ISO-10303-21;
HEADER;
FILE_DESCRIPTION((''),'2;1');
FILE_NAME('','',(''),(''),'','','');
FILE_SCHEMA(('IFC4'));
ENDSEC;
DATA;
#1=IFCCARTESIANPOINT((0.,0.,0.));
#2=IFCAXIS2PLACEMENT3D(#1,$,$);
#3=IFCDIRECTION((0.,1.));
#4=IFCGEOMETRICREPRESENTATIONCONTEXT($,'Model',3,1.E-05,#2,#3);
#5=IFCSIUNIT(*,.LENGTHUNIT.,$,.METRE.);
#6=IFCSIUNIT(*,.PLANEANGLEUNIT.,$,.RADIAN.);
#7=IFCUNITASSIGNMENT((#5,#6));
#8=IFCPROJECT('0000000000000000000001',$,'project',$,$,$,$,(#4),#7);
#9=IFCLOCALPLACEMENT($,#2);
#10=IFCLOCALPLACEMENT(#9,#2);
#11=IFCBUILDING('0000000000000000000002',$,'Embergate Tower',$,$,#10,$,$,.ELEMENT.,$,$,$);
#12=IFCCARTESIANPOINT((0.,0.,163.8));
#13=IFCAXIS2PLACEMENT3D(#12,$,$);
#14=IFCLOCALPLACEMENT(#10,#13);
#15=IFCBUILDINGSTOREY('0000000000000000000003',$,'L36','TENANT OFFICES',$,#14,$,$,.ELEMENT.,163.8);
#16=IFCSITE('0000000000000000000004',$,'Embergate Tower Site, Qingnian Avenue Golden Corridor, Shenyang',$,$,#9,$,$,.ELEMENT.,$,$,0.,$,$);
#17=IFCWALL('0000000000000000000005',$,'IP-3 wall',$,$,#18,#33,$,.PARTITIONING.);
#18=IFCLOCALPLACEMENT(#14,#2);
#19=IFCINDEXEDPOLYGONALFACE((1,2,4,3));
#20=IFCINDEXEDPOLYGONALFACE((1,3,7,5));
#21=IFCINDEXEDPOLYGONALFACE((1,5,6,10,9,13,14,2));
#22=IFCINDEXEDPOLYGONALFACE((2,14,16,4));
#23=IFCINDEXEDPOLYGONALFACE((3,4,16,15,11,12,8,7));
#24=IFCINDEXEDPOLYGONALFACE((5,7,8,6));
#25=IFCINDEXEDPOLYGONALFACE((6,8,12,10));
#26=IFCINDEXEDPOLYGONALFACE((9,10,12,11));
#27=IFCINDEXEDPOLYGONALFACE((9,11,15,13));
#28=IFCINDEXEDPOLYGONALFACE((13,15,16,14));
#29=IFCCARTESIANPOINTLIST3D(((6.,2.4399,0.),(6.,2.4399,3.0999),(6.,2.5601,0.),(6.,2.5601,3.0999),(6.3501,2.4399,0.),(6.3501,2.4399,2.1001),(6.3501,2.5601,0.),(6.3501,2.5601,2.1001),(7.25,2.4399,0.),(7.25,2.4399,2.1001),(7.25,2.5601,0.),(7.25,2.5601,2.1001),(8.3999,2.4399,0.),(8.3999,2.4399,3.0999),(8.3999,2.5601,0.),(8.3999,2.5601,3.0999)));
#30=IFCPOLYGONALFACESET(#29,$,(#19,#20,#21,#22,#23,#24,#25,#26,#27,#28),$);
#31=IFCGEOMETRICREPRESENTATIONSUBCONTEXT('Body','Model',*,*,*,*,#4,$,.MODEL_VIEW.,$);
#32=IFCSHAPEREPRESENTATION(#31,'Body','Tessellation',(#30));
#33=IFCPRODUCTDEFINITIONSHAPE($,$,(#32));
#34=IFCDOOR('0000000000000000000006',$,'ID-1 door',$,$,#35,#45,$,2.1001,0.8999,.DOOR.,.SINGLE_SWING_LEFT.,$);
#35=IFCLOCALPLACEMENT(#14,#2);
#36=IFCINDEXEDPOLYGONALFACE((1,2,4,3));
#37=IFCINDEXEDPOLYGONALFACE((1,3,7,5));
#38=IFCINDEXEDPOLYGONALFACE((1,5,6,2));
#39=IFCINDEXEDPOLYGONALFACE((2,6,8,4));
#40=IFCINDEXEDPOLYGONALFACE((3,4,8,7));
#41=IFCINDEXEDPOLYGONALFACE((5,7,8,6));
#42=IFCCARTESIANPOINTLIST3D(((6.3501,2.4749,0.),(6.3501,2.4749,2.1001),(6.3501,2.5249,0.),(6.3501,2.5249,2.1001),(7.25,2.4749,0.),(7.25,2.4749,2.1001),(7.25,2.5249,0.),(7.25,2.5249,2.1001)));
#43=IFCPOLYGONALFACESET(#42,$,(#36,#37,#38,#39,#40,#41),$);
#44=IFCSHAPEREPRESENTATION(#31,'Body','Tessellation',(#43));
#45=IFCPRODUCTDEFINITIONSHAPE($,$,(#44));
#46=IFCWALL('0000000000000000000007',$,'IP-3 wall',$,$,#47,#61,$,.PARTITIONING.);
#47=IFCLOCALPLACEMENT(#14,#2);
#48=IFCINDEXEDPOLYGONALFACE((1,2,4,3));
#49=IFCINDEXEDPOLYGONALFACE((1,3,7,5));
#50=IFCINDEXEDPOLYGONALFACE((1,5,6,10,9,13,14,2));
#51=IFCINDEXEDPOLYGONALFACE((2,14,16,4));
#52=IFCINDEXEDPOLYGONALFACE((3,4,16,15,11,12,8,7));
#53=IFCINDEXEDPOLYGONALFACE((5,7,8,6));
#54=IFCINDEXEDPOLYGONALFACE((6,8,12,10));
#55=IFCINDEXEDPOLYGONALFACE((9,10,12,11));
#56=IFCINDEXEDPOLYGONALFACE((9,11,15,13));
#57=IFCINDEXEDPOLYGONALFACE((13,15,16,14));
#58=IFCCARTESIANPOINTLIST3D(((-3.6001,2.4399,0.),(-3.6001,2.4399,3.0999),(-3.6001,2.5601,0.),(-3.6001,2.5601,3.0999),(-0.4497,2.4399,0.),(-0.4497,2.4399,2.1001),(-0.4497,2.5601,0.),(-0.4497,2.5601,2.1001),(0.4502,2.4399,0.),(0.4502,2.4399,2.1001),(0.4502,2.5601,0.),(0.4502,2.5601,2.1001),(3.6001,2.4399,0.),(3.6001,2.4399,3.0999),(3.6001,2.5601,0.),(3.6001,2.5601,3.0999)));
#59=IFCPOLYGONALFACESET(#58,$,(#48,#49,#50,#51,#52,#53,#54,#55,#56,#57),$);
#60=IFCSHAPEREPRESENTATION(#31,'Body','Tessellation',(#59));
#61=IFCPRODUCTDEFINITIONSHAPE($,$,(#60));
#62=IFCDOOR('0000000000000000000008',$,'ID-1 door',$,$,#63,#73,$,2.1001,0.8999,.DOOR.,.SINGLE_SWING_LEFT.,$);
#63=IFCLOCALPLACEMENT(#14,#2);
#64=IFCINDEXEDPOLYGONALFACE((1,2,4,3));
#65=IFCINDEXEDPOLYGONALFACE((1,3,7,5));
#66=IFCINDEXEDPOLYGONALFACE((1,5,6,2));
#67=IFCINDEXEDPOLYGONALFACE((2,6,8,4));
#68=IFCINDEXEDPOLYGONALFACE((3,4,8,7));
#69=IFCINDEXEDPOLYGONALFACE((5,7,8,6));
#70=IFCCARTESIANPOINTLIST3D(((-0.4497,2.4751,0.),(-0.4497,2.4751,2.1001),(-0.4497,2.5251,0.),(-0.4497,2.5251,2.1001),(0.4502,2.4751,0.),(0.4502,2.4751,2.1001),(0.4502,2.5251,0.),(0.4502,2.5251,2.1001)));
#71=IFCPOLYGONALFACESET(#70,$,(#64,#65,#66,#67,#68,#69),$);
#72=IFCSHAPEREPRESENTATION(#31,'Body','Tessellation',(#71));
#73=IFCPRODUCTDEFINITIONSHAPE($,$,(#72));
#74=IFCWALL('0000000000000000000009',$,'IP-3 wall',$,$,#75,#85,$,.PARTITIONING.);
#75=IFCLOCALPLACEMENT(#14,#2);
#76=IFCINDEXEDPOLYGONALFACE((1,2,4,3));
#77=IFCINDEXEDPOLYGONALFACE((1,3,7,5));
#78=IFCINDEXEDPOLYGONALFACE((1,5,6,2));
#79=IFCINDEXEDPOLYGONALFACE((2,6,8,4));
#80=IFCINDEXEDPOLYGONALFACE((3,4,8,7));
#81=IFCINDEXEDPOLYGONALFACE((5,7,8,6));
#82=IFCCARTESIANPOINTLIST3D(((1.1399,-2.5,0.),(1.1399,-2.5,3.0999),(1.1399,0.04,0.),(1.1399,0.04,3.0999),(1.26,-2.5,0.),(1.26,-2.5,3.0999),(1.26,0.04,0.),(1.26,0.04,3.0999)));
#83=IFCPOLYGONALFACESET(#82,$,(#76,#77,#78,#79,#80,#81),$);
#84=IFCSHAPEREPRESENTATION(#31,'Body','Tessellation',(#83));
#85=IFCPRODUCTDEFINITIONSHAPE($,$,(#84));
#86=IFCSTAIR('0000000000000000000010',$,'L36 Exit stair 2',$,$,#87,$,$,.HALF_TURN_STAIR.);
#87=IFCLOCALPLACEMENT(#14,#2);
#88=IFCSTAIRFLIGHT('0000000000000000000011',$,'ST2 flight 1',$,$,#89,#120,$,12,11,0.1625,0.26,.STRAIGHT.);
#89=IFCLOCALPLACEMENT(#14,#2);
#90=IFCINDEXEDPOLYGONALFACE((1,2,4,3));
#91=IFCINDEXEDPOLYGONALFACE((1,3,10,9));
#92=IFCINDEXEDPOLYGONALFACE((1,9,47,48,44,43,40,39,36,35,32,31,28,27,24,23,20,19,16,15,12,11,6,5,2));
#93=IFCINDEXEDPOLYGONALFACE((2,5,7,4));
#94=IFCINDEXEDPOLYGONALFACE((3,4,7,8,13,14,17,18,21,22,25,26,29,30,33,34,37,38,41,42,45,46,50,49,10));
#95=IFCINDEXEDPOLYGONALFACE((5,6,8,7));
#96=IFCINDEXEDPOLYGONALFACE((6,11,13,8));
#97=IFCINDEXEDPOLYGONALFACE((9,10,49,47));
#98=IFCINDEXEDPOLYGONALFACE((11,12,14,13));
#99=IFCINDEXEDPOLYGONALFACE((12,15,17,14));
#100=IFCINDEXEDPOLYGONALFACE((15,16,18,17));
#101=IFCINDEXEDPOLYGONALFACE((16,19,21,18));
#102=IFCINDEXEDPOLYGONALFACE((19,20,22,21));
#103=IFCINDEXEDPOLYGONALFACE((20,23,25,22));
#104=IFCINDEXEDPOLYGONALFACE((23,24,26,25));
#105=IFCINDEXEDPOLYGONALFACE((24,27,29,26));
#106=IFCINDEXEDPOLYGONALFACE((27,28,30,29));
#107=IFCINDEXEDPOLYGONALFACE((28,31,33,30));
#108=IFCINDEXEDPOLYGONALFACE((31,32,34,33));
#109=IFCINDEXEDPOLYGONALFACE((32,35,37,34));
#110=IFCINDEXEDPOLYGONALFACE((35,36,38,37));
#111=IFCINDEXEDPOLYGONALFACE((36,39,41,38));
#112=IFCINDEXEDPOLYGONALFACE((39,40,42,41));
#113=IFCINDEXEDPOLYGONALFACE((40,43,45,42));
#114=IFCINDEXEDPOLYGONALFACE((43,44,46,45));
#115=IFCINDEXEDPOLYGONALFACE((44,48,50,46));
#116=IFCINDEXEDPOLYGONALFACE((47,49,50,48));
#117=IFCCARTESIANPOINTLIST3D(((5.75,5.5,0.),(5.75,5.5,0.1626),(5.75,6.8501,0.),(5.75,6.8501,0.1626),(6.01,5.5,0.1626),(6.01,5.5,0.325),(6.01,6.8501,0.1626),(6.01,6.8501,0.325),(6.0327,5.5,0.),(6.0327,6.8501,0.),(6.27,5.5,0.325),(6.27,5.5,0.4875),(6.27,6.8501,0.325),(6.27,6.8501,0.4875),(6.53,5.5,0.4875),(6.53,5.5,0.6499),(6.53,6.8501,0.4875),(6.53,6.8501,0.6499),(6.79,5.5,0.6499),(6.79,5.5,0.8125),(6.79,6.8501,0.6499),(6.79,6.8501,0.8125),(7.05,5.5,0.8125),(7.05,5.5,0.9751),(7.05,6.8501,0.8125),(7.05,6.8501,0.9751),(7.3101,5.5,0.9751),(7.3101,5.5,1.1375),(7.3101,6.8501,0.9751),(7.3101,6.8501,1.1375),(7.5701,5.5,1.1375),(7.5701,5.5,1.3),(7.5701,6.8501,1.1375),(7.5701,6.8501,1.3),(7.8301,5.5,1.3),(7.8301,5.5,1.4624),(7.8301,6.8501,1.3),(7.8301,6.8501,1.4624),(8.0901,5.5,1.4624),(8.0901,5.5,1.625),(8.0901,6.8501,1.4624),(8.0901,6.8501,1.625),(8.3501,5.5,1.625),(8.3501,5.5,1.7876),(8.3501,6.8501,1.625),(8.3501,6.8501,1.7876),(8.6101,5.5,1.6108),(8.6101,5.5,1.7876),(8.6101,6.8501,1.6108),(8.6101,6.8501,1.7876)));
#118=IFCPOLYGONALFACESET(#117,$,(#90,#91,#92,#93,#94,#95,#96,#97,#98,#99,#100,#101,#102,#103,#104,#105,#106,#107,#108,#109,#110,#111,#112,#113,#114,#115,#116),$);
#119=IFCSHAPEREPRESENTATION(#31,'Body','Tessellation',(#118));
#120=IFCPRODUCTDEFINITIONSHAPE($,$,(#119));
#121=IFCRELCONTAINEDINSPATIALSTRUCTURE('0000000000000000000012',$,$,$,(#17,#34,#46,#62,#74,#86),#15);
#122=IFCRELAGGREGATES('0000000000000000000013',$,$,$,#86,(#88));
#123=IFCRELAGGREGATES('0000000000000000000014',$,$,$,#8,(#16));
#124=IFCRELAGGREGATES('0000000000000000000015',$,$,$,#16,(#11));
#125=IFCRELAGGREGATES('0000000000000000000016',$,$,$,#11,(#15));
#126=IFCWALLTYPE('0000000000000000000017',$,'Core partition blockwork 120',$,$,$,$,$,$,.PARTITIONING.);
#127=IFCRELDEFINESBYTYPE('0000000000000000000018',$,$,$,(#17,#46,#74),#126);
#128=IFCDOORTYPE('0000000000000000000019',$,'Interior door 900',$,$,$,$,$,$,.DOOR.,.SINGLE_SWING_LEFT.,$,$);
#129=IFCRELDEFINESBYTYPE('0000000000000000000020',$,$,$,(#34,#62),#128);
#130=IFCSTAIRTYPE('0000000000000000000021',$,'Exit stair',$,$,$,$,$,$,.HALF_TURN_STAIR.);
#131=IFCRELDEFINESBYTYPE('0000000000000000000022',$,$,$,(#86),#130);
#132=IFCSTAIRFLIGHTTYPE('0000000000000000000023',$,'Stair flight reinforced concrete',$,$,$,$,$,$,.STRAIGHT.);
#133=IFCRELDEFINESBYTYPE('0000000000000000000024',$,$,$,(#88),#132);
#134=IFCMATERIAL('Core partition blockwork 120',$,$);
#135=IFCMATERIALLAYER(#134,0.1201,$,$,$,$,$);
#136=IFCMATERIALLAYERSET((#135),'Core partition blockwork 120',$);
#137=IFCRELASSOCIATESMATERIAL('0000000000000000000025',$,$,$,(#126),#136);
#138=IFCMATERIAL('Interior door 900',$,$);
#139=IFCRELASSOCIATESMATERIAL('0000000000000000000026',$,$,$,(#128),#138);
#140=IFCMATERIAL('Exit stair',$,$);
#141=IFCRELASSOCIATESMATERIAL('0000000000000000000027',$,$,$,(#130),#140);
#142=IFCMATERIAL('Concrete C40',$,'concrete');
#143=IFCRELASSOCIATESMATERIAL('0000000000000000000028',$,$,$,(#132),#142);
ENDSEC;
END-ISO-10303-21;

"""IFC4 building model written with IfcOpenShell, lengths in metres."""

from ifc_helpers import new_model, si_unit, direction, frame, frame_2d, origin, place, context, subcontext, project, spatial, polyline, rectangle, outline, extrude, source, transform, mapped, material, layer, layer_set, type_object, element, fill, aggregate, save


model = new_model("IFC4")

# Units and contexts
model_context = context("Model", 3, precision=1e-05, world=origin(), true_north=direction((0.0, 1.0)))
body_context = subcontext(model_context, "Body", "Model", "MODEL_VIEW")
ifc_project = project(units=[si_unit("LENGTHUNIT", "METRE"), si_unit("PLANEANGLEUNIT", "RADIAN")], contexts=[model_context])

# Site, building, storey
site_placement = place(None, origin())
site = spatial("IfcSite", under=ifc_project, at=site_placement, Name="Embergate Tower Site, Qingnian Avenue Golden Corridor, Shenyang", CompositionType="ELEMENT", RefElevation=0.0)
building_placement = place(site_placement, origin())
building = spatial("IfcBuilding", under=site, at=building_placement, Name="Embergate Tower", CompositionType="ELEMENT")
storey_placement = place(building_placement, frame((0.0, 0.0, 163.8)))
storey = spatial("IfcBuildingStorey", under=building, at=storey_placement, Name="L36", Description="TENANT OFFICES", CompositionType="ELEMENT", Elevation=163.8)

# Shared definitions
ifc_material_1 = material(Name="Core partition blockwork 120")
ifc_layer_1 = layer(ifc_material_1, 0.1201)
ifc_layer_set_1 = layer_set([ifc_layer_1], Name="Core partition blockwork 120")
wall_type_1 = type_object("IfcWallType", Name="Core partition blockwork 120", PredefinedType="PARTITIONING", material=ifc_layer_set_1)

# Walls, openings, doors
shared_shape_1 = source(origin(), body_context, "Body", "SweptSolid", [
    extrude(rectangle(XDim=2.3999, YDim=0.1201, at=frame_2d((1.2, 0.0))), origin(), (0.0, 0.0, 1.0), 3.0999),
])
wall_1_placement = place(storey_placement, frame((6.0, 2.5, 0.0), z_axis=(0.0, 0.0, 1.0), x_axis=(1.0, 0.0, 0.0)))
wall_1 = element("IfcWall", 1, at=wall_1_placement, inside=storey, type_object=wall_type_1, Name="IP-3 wall", PredefinedType="PARTITIONING", context=body_context, shape_type="MappedRepresentation", body=[
    mapped(shared_shape_1, transform((0.0, 0.0, 0.0))),
])
shared_shape_2 = source(origin(), body_context, "Body", "SweptSolid", [
    extrude(rectangle(XDim=0.8999, YDim=2.1001, at=frame_2d((0.45, 1.05))), frame((0.0, 0.0701, 0.0), z_axis=(0.0, -1.0, 0.0), x_axis=(1.0, 0.0, 0.0)), (0.0, 0.0, 1.0), 0.1401),
])
opening_1_placement = place(wall_1_placement, frame((0.3501, 0.0, 0.0)))
opening_1 = element("IfcOpeningElement", 2, at=opening_1_placement, cuts=wall_1, PredefinedType="OPENING", context=body_context, shape_type="MappedRepresentation", body=[
    mapped(shared_shape_2, transform((0.0, 0.0, 0.0))),
])
ifc_material_2 = material(Name="Interior door 900")
door_type_1 = type_object("IfcDoorType", Name="Interior door 900", OperationType="SINGLE_SWING_LEFT", PredefinedType="DOOR", material=ifc_material_2)
shared_shape_3 = source(origin(), body_context, "Body", "SweptSolid", [
    extrude(rectangle(XDim=0.8999, YDim=2.1001, at=frame_2d((0.45, 1.05))), frame((0.0, 0.0249, 0.0), z_axis=(0.0, -1.0, 0.0), x_axis=(1.0, 0.0, 0.0)), (0.0, 0.0, 1.0), 0.05),
])
door_1_placement = place(opening_1_placement, origin())
door_1 = element("IfcDoor", 3, at=door_1_placement, inside=storey, type_object=door_type_1, Name="ID-1 door", OperationType="SINGLE_SWING_LEFT", OverallHeight=2.1001, OverallWidth=0.8999, PredefinedType="DOOR", context=body_context, shape_type="MappedRepresentation", body=[
    mapped(shared_shape_3, transform((0.0, 0.0, 0.0))),
])
fill(opening_1, door_1)
shared_shape_4 = source(origin(), body_context, "Body", "SweptSolid", [
    extrude(rectangle(XDim=7.2002, YDim=0.1201, at=frame_2d((3.6001, 0.0))), origin(), (0.0, 0.0, 1.0), 3.0999),
])
wall_2_placement = place(storey_placement, frame((3.6001, 2.5, 0.0), z_axis=(0.0, 0.0, 1.0), x_axis=(-1.0, 0.0, 0.0)))
wall_2 = element("IfcWall", 4, at=wall_2_placement, inside=storey, type_object=wall_type_1, Name="IP-3 wall", PredefinedType="PARTITIONING", context=body_context, shape_type="MappedRepresentation", body=[
    mapped(shared_shape_4, transform((0.0, 0.0, 0.0))),
])
opening_2_placement = place(wall_2_placement, frame((3.1499, 0.0, 0.0)))
opening_2 = element("IfcOpeningElement", 5, at=opening_2_placement, cuts=wall_2, PredefinedType="OPENING", context=body_context, shape_type="MappedRepresentation", body=[
    mapped(shared_shape_2, transform((0.0, 0.0, 0.0))),
])
door_2_placement = place(opening_2_placement, origin())
door_2 = element("IfcDoor", 6, at=door_2_placement, inside=storey, type_object=door_type_1, Name="ID-1 door", OperationType="SINGLE_SWING_LEFT", OverallHeight=2.1001, OverallWidth=0.8999, PredefinedType="DOOR", context=body_context, shape_type="MappedRepresentation", body=[
    mapped(shared_shape_3, transform((0.0, 0.0, 0.0))),
])
fill(opening_2, door_2)

# Wall
shared_shape_5 = source(origin(), body_context, "Body", "SweptSolid", [
    extrude(rectangle(XDim=2.54, YDim=0.1201, at=frame_2d((1.27, 0.0))), origin(), (0.0, 0.0, 1.0), 3.0999),
])
wall_3_placement = place(storey_placement, frame((1.2, 0.04, 0.0), z_axis=(0.0, 0.0, 1.0), x_axis=(0.0, -1.0, 0.0)))
element("IfcWall", 7, at=wall_3_placement, inside=storey, type_object=wall_type_1, Name="IP-3 wall", PredefinedType="PARTITIONING", context=body_context, shape_type="MappedRepresentation", body=[
    mapped(shared_shape_5, transform((0.0, 0.0, 0.0))),
])

# Stair, stair flight
ifc_material_3 = material(Name="Exit stair")
stair_type = type_object("IfcStairType", Name="Exit stair", PredefinedType="HALF_TURN_STAIR", material=ifc_material_3)
stair_placement = place(storey_placement, origin())
stair = element("IfcStair", 8, at=stair_placement, inside=storey, type_object=stair_type, Name="L36 Exit stair 2", PredefinedType="HALF_TURN_STAIR")
ifc_material_4 = material(Name="Concrete C40", Category="concrete")
stair_flight_type = type_object("IfcStairFlightType", Name="Stair flight reinforced concrete", PredefinedType="STRAIGHT", material=ifc_material_4)
shared_shape_6 = source(origin(), body_context, "Body", "SweptSolid", [
    extrude(outline(polyline([(0.0, 0.0), (0.0, 0.1626), (0.26, 0.1626), (0.26, 0.325), (0.52, 0.325), (0.52, 0.4875), (0.78, 0.4875), (0.78, 0.6499), (1.04, 0.6499), (1.04, 0.8125), (1.3, 0.8125), (1.3, 0.9751), (1.5601, 0.9751), (1.5601, 1.1375), (1.8201, 1.1375), (1.8201, 1.3), (2.0801, 1.3), (2.0801, 1.4624), (2.3401, 1.4624), (2.3401, 1.625), (2.6001, 1.625), (2.6001, 1.7876), (2.8601, 1.7876), (2.8601, 1.95), (2.8601, 1.6108), (0.2827, 0.0), (0.0, 0.0)])), frame((0.0, 0.675, 0.0), z_axis=(0.0, -1.0, 0.0), x_axis=(1.0, 0.0, 0.0)), (0.0, 0.0, 1.0), 1.3501),
])
stair_flight_placement = place(storey_placement, frame((5.75, 6.175, 0.0), z_axis=(0.0, 0.0, 1.0), x_axis=(1.0, 0.0, 0.0)))
stair_flight = element("IfcStairFlight", 9, at=stair_flight_placement, type_object=stair_flight_type, Name="ST2 flight 1", NumberOfRisers=12, NumberOfTreads=11, PredefinedType="STRAIGHT", RiserHeight=0.1625, TreadLength=0.26, context=body_context, shape_type="MappedRepresentation", body=[
    mapped(shared_shape_6, transform((0.0, 0.0, 0.0))),
])
aggregate(stair, [stair_flight])

save(model, "model.ifc")
